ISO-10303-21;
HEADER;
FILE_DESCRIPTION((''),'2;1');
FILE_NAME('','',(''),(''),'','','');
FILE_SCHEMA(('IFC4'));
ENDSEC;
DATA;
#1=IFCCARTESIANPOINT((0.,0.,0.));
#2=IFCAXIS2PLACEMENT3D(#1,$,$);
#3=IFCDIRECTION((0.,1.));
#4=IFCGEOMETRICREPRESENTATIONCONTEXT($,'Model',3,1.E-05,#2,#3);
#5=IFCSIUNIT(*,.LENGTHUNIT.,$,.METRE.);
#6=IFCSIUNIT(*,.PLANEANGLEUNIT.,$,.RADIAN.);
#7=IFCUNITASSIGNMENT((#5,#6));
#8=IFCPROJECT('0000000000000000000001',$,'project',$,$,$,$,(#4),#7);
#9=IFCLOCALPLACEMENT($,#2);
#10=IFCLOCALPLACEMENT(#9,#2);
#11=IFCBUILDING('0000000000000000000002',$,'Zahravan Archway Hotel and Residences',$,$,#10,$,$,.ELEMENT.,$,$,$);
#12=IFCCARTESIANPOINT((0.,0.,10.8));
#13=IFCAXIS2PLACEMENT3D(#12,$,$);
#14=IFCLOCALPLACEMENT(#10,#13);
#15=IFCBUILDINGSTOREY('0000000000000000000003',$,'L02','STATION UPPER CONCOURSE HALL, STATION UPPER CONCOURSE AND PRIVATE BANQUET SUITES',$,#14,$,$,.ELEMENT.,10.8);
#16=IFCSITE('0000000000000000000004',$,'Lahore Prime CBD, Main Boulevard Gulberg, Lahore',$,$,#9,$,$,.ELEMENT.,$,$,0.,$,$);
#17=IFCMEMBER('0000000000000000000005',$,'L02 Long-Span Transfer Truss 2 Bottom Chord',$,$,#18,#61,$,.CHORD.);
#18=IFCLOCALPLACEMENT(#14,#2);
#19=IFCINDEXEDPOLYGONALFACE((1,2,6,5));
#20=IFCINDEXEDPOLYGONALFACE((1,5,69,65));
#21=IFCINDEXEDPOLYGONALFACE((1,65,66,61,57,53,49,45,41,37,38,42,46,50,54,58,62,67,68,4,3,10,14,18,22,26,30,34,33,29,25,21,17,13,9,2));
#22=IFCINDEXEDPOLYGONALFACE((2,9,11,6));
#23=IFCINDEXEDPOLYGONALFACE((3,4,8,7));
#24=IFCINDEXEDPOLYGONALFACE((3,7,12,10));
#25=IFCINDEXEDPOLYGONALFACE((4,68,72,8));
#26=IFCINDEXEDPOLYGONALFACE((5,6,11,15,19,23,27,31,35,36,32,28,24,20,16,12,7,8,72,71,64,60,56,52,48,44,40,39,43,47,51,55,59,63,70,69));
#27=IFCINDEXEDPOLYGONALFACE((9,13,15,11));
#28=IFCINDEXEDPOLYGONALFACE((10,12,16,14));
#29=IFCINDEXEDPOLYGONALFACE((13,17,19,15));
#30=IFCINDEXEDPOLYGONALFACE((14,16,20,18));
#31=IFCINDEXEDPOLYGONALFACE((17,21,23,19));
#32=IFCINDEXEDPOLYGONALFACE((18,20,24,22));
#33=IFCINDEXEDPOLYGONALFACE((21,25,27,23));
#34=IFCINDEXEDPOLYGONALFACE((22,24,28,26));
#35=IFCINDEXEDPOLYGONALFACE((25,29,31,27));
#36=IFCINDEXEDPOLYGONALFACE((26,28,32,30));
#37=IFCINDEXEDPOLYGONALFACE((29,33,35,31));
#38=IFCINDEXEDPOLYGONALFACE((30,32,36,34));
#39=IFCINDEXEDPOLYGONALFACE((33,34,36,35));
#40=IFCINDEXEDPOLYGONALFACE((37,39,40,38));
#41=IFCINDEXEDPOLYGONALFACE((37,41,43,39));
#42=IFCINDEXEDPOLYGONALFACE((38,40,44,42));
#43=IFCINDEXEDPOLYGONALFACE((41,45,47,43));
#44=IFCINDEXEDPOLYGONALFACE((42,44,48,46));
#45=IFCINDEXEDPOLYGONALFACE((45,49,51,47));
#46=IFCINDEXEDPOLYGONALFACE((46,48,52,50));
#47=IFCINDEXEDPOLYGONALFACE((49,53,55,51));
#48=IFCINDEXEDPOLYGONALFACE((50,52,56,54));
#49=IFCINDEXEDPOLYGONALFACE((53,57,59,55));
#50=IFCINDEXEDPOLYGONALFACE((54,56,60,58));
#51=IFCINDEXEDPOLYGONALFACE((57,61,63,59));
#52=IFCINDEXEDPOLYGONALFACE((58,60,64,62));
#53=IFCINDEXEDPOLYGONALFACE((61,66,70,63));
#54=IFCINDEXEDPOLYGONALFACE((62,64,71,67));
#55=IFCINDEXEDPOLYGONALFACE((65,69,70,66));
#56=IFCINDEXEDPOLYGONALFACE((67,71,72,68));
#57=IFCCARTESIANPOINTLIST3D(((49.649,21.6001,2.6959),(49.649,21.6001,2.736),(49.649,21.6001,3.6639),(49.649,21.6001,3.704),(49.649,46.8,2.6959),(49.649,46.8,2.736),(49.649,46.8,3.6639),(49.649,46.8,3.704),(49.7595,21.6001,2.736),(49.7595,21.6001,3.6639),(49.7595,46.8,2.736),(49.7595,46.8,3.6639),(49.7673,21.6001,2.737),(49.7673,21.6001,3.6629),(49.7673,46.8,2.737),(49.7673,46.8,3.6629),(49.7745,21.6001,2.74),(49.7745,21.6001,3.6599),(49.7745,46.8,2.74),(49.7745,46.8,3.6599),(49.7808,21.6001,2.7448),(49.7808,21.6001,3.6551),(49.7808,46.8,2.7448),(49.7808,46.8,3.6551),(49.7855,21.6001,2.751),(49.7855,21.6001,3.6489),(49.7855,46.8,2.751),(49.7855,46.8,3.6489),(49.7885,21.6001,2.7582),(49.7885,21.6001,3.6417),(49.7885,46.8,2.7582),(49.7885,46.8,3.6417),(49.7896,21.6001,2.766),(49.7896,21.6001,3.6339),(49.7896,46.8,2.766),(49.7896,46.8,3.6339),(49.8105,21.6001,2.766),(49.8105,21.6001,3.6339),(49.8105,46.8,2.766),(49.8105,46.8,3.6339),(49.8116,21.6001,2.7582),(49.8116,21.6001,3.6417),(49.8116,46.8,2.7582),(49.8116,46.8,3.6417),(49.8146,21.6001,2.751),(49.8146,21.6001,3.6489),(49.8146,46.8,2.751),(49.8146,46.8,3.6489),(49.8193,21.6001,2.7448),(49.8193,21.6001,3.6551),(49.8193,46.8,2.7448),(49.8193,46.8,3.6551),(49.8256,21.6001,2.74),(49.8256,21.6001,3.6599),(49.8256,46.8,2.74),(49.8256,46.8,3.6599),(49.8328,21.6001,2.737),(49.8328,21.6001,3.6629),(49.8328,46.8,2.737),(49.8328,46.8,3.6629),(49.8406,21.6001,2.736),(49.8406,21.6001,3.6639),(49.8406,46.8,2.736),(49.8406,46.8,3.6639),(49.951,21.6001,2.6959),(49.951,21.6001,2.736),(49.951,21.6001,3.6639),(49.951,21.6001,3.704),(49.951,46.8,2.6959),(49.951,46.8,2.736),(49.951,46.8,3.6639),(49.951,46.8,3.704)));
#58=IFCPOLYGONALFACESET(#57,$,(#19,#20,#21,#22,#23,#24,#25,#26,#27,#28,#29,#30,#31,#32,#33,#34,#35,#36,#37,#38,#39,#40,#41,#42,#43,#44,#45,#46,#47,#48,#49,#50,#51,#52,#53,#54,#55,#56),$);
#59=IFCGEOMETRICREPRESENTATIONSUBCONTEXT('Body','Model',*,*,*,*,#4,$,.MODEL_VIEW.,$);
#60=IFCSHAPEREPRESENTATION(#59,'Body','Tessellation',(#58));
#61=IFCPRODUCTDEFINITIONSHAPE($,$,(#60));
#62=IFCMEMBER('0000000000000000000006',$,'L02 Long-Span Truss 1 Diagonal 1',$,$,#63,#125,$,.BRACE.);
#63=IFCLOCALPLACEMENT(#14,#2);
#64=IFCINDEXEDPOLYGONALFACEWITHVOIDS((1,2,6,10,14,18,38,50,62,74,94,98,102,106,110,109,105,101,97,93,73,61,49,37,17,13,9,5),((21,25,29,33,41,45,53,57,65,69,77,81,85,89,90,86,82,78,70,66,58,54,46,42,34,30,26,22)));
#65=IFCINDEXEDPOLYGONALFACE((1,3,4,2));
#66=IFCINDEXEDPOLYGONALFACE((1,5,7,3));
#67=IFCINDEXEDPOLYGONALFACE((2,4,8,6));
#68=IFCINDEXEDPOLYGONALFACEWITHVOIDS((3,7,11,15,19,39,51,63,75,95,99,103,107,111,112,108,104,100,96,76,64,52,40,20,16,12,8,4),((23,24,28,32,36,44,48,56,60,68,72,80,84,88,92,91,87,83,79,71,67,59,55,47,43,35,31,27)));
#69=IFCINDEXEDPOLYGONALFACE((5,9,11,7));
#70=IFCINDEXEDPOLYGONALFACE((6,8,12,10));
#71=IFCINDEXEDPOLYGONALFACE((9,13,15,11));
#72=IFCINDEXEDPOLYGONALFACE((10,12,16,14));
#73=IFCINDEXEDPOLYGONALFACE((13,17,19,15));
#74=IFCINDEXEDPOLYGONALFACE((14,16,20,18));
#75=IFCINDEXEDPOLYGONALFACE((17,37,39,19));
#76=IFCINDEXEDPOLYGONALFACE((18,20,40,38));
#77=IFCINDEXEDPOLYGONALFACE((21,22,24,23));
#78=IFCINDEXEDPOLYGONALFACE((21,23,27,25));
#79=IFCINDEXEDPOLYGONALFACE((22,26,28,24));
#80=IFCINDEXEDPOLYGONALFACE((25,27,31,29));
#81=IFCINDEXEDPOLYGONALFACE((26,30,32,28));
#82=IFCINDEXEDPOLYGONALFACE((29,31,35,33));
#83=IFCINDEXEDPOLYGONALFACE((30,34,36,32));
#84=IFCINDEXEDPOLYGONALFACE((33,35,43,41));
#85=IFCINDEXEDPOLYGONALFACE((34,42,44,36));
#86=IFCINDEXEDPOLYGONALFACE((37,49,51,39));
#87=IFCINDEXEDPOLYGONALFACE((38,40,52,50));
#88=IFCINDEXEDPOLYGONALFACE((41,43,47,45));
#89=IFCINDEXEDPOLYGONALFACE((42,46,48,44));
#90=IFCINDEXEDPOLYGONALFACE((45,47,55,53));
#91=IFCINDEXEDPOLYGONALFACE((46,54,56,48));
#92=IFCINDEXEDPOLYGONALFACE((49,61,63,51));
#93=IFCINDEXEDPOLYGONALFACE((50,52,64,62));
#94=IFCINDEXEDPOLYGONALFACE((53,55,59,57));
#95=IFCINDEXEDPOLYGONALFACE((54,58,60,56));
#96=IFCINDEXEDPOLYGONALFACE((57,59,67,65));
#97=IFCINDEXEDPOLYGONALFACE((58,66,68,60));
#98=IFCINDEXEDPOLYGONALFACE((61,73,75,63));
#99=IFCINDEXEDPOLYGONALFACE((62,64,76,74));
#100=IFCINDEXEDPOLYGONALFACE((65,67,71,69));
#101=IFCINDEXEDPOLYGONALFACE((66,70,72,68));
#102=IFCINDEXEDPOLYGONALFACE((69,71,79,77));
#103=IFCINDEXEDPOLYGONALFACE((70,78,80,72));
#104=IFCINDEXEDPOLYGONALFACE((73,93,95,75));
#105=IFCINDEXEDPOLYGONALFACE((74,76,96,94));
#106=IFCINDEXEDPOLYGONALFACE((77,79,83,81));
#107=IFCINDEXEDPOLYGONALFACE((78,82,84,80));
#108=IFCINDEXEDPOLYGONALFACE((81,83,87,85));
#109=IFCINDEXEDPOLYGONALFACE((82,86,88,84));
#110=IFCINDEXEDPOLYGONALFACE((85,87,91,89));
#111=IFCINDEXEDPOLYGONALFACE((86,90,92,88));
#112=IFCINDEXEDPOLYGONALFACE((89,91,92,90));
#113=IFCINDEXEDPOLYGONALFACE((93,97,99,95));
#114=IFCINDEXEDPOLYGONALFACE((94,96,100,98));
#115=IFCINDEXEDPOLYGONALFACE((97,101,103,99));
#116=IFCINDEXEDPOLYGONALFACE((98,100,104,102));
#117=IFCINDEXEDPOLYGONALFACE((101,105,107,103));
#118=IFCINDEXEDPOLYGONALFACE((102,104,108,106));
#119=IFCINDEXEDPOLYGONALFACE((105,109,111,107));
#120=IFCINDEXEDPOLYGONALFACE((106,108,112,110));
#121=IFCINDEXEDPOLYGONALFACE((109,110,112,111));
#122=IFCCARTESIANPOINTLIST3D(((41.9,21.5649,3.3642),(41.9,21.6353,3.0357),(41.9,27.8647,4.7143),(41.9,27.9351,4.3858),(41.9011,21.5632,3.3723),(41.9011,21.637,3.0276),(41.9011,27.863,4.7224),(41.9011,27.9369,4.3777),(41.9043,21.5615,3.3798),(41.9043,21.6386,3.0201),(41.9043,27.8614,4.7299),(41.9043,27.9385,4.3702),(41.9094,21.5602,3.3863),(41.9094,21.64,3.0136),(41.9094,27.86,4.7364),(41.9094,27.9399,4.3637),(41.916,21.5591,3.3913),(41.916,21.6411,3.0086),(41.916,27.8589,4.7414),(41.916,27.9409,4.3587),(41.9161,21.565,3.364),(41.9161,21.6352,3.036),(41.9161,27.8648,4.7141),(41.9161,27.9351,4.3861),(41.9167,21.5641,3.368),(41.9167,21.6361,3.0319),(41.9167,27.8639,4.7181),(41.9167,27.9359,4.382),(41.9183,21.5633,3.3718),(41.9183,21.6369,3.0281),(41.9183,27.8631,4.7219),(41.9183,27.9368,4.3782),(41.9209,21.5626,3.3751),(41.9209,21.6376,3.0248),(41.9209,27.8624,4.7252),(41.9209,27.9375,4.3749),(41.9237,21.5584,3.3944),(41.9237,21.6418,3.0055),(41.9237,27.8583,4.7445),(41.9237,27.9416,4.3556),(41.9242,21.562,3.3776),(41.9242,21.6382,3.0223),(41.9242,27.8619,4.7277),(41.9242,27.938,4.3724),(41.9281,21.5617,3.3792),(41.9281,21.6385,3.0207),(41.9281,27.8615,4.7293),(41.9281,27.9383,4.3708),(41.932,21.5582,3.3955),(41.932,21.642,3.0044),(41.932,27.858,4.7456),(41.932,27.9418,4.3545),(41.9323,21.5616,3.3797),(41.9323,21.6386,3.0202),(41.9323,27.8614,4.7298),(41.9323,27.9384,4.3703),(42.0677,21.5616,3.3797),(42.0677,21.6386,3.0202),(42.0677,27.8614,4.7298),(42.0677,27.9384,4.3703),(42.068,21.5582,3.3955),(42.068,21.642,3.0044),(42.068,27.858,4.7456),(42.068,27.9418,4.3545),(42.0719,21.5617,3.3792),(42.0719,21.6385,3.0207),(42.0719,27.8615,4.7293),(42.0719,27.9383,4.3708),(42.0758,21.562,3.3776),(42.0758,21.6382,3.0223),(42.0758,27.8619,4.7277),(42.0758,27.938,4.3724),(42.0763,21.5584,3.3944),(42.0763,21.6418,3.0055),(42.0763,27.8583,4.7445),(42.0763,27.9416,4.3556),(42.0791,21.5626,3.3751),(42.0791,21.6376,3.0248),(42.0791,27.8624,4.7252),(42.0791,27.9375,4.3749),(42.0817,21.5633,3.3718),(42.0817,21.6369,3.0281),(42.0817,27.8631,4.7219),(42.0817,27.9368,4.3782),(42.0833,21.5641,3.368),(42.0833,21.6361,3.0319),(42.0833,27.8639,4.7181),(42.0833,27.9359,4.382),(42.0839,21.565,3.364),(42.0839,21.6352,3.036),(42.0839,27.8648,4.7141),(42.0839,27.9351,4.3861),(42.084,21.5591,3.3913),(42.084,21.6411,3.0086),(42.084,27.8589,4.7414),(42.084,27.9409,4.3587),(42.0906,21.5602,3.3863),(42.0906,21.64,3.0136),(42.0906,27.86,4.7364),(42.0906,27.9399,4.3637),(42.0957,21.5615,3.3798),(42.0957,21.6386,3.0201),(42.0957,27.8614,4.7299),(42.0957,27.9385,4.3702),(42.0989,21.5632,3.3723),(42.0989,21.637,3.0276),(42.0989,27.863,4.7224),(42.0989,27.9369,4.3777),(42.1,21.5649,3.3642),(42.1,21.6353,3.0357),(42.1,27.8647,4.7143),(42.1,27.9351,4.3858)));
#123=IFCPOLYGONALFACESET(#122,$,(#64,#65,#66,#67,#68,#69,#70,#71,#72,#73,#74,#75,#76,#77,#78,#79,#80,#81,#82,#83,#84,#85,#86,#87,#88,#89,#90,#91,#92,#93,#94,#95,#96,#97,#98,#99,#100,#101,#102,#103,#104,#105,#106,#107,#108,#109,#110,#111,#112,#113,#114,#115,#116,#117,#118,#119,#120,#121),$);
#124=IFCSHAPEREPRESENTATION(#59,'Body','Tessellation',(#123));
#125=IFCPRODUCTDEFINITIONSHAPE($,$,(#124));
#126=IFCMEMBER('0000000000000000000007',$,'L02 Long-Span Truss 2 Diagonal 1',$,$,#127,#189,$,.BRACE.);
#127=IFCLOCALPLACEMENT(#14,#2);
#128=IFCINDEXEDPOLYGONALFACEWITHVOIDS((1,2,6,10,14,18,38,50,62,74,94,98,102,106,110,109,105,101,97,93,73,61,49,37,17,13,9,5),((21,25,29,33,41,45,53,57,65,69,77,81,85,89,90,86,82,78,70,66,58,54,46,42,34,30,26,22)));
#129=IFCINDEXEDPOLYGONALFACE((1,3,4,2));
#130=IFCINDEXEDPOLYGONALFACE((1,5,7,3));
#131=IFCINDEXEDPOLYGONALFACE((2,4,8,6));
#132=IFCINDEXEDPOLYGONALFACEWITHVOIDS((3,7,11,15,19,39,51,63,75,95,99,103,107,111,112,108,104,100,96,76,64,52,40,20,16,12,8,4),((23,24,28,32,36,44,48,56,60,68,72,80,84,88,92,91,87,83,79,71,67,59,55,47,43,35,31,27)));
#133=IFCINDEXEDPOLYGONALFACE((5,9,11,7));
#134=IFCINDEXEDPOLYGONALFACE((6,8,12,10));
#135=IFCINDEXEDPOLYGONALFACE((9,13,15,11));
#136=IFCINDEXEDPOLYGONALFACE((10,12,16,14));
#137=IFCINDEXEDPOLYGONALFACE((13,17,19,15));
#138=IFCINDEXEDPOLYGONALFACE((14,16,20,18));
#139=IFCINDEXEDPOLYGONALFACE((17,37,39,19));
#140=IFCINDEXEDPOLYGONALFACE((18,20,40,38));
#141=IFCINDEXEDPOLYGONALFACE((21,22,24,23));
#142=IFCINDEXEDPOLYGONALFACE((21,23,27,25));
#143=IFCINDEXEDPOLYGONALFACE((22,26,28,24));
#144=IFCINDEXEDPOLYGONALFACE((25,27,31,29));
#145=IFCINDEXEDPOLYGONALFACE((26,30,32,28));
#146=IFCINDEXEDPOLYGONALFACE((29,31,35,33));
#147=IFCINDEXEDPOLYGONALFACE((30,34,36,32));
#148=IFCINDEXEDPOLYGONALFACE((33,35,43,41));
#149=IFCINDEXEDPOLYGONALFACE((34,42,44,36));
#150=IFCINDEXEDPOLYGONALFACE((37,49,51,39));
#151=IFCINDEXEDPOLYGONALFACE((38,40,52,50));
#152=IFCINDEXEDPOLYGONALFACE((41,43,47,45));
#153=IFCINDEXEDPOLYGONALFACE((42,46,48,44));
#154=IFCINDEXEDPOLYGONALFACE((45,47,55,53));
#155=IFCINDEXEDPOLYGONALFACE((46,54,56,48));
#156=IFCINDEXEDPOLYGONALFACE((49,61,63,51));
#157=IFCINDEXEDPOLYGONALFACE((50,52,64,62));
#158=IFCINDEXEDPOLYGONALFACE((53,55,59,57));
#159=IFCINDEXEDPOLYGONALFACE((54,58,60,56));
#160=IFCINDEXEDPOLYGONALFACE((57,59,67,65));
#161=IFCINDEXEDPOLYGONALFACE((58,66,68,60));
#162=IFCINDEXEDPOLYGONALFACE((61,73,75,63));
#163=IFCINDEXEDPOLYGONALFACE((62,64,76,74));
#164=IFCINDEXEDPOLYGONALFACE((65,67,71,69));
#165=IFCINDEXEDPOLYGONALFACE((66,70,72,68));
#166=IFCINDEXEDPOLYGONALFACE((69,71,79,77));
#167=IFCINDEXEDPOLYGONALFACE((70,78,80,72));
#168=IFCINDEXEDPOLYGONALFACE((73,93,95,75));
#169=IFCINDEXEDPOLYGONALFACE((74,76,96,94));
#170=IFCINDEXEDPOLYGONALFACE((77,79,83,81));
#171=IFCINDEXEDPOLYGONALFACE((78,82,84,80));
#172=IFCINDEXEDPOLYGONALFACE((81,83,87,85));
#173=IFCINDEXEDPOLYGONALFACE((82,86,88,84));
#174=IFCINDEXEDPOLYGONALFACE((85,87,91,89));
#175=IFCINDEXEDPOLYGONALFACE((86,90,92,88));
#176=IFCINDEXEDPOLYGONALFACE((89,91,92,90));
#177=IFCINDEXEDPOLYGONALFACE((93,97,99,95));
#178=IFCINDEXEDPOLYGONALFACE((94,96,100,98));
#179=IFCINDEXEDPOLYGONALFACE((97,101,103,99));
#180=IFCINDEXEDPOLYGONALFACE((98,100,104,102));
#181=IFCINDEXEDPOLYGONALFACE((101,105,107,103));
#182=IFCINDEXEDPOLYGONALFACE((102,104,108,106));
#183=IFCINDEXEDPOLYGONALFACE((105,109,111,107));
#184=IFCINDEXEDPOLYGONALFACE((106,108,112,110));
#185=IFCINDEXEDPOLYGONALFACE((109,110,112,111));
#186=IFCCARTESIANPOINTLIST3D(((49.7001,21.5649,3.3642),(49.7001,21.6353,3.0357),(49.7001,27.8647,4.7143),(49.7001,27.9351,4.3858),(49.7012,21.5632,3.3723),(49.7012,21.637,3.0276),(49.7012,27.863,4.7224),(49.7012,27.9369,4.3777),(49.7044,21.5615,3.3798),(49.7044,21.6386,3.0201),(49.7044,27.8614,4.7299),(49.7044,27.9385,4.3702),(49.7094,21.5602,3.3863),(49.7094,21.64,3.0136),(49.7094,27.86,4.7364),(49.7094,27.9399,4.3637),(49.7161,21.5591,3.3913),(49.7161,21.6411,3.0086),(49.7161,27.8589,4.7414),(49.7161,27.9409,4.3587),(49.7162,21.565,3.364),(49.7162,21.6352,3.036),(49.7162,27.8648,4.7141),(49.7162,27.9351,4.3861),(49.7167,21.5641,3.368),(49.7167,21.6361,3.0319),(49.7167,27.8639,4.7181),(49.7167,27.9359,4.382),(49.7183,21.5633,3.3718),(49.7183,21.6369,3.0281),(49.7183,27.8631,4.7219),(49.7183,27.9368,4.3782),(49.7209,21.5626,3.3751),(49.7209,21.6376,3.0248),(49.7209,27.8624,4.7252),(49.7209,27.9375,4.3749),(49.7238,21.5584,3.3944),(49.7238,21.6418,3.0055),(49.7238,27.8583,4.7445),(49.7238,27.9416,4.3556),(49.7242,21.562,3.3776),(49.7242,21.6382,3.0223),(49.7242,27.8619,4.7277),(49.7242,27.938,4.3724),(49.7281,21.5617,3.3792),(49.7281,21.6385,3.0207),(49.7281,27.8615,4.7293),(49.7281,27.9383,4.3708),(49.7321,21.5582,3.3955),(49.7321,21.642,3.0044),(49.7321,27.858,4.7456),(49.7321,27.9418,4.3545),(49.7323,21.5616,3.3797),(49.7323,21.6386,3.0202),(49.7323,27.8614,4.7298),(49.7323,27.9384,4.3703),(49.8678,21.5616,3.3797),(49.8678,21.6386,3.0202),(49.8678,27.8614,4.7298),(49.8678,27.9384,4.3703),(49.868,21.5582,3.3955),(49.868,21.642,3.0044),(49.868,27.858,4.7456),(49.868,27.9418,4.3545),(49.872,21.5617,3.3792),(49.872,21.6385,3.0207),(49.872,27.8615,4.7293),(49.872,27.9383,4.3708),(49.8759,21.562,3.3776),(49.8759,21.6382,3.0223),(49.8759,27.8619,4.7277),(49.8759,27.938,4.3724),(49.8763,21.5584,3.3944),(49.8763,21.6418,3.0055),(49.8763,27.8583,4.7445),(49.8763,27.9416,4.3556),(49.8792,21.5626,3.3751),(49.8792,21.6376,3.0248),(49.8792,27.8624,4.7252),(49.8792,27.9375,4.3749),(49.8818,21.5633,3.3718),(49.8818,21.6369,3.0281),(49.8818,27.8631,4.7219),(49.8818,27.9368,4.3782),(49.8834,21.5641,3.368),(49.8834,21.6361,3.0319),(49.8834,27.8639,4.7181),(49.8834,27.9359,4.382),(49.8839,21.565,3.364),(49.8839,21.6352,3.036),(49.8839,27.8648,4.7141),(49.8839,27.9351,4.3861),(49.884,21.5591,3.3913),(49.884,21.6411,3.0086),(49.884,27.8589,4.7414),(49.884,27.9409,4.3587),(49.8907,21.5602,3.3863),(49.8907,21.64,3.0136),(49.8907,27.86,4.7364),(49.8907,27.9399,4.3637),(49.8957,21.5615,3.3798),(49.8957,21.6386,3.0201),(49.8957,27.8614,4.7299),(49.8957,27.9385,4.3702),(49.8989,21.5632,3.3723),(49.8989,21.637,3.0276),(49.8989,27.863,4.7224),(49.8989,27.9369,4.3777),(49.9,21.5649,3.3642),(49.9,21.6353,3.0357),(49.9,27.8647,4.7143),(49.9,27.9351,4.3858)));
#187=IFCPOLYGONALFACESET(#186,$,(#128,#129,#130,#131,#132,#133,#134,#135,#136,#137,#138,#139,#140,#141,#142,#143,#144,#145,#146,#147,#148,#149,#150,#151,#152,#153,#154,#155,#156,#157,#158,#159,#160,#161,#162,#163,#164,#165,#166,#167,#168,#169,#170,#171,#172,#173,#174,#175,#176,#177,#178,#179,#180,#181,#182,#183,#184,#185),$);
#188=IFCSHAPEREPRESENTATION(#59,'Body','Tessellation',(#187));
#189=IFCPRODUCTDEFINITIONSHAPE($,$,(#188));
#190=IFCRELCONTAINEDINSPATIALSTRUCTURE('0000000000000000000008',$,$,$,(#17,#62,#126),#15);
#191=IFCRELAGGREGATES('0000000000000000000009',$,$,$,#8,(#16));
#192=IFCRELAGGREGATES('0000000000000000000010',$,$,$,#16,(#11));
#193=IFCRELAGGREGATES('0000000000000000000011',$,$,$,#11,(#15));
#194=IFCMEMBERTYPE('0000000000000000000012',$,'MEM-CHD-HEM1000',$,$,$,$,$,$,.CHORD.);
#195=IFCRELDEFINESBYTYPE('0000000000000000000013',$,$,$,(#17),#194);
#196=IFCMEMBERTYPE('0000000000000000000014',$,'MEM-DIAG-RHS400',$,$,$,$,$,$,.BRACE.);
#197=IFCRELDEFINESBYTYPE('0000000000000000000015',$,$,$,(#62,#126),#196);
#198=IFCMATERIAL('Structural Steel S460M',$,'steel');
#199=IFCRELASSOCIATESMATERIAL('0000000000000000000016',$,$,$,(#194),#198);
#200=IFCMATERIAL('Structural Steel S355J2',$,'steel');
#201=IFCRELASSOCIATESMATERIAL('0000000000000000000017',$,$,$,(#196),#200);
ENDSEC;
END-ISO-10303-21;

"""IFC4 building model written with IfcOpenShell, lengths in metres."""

from ifc_helpers import new_model, si_unit, direction, frame, origin, origin_2d, place, context, subcontext, project, spatial, hollow_rectangle, i_section, extrude, source, transform, mapped, material, material_profile, profile_set, type_object, type_shapes, element, save


model = new_model("IFC4")

# Units and contexts
model_context = context("Model", 3, precision=1e-05, world=origin(), true_north=direction((0.0, 1.0)))
body_context = subcontext(model_context, "Body", "Model", "MODEL_VIEW")
ifc_project = project(units=[si_unit("LENGTHUNIT", "METRE"), si_unit("PLANEANGLEUNIT", "RADIAN")], contexts=[model_context])

# Site, building, storey
site_placement = place(None, origin())
site = spatial("IfcSite", under=ifc_project, at=site_placement, Name="Lahore Prime CBD, Main Boulevard Gulberg, Lahore", CompositionType="ELEMENT", RefElevation=0.0)
building_placement = place(site_placement, origin())
building = spatial("IfcBuilding", under=site, at=building_placement, Name="Zahravan Archway Hotel and Residences", CompositionType="ELEMENT")
storey_placement = place(building_placement, frame((0.0, 0.0, 10.8)))
storey = spatial("IfcBuildingStorey", under=building, at=storey_placement, Name="L02", Description="STATION UPPER CONCOURSE HALL, STATION UPPER CONCOURSE AND PRIVATE BANQUET SUITES", CompositionType="ELEMENT", Elevation=10.8)

# Shared definitions
ifc_material_1 = material(Name="Structural Steel S355J2", Category="steel")

# Members
ifc_material_2 = material(Name="Structural Steel S460M", Category="steel")
ifc_material_profile_1 = material_profile(ifc_material_2, i_section(OverallWidth=0.302, OverallDepth=1.0081, WebThickness=0.021, FlangeThickness=0.04, FilletRadius=0.03, at=origin_2d()), Name="HEM 1000", Category="steel")
ifc_profile_set_1 = profile_set([ifc_material_profile_1], Name="Structural Steel S460M")
member_type_1 = type_object("IfcMemberType", Name="MEM-CHD-HEM1000", PredefinedType="CHORD", material=ifc_profile_set_1)
shared_shape_1 = source(origin(), body_context, "Body", "SweptSolid", [
    extrude(i_section(OverallWidth=0.302, OverallDepth=1.0081, WebThickness=0.021, FlangeThickness=0.04, FilletRadius=0.03, at=origin_2d()), origin(), (0.0, 0.0, 1.0), 25.2),
])
type_shapes(member_type_1, [shared_shape_1])
for number, where, z_axis, x_axis, name in (
    (1, (49.8, 21.6001, 3.2), (0.0, 1.0, 0.0), (-1.0, 0.0, 0.0), "L02 Long-Span Transfer Truss 2 Bottom Chord"),
):
    element("IfcMember", number, at=place(storey_placement, frame(where, z_axis=z_axis, x_axis=x_axis)), inside=storey, type_object=member_type_1, Name=name, PredefinedType="CHORD", context=body_context, shape_type="MappedRepresentation", body=[
        mapped(shared_shape_1, transform((0.0, 0.0, 0.0), scale=1.0)),
    ])
ifc_material_profile_2 = material_profile(ifc_material_1, hollow_rectangle(XDim=0.2, YDim=0.3999, WallThickness=0.0161, InnerFilletRadius=0.0161, OuterFilletRadius=0.032, at=origin_2d()), Name="RHS 400x200x16", Category="steel")
ifc_profile_set_2 = profile_set([ifc_material_profile_2], Name="Structural Steel S355J2")
member_type_2 = type_object("IfcMemberType", Name="MEM-DIAG-RHS400", PredefinedType="BRACE", material=ifc_profile_set_2)
shared_shape_2 = source(origin(), body_context, "Body", "SweptSolid", [
    extrude(hollow_rectangle(XDim=0.2, YDim=0.3999, WallThickness=0.0161, InnerFilletRadius=0.0161, OuterFilletRadius=0.032, at=origin_2d()), origin(), (0.0, 0.0, 1.0), 6.4429),
])
type_shapes(member_type_2, [shared_shape_2])
for number, where, z_axis, x_axis, name in (
    (2, (42.0, 21.6001, 3.2), (0.0, 0.977798, 0.20955), (-1.0, 0.0, 0.0), "L02 Long-Span Truss 1 Diagonal 1"),
    (3, (49.8, 21.6001, 3.2), (0.0, 0.977798, 0.20955), (-1.0, 0.0, 0.0), "L02 Long-Span Truss 2 Diagonal 1"),
):
    element("IfcMember", number, at=place(storey_placement, frame(where, z_axis=z_axis, x_axis=x_axis)), inside=storey, type_object=member_type_2, Name=name, PredefinedType="BRACE", context=body_context, shape_type="MappedRepresentation", body=[
        mapped(shared_shape_2, transform((0.0, 0.0, 0.0), scale=1.0)),
    ])

save(model, "model.ifc")
